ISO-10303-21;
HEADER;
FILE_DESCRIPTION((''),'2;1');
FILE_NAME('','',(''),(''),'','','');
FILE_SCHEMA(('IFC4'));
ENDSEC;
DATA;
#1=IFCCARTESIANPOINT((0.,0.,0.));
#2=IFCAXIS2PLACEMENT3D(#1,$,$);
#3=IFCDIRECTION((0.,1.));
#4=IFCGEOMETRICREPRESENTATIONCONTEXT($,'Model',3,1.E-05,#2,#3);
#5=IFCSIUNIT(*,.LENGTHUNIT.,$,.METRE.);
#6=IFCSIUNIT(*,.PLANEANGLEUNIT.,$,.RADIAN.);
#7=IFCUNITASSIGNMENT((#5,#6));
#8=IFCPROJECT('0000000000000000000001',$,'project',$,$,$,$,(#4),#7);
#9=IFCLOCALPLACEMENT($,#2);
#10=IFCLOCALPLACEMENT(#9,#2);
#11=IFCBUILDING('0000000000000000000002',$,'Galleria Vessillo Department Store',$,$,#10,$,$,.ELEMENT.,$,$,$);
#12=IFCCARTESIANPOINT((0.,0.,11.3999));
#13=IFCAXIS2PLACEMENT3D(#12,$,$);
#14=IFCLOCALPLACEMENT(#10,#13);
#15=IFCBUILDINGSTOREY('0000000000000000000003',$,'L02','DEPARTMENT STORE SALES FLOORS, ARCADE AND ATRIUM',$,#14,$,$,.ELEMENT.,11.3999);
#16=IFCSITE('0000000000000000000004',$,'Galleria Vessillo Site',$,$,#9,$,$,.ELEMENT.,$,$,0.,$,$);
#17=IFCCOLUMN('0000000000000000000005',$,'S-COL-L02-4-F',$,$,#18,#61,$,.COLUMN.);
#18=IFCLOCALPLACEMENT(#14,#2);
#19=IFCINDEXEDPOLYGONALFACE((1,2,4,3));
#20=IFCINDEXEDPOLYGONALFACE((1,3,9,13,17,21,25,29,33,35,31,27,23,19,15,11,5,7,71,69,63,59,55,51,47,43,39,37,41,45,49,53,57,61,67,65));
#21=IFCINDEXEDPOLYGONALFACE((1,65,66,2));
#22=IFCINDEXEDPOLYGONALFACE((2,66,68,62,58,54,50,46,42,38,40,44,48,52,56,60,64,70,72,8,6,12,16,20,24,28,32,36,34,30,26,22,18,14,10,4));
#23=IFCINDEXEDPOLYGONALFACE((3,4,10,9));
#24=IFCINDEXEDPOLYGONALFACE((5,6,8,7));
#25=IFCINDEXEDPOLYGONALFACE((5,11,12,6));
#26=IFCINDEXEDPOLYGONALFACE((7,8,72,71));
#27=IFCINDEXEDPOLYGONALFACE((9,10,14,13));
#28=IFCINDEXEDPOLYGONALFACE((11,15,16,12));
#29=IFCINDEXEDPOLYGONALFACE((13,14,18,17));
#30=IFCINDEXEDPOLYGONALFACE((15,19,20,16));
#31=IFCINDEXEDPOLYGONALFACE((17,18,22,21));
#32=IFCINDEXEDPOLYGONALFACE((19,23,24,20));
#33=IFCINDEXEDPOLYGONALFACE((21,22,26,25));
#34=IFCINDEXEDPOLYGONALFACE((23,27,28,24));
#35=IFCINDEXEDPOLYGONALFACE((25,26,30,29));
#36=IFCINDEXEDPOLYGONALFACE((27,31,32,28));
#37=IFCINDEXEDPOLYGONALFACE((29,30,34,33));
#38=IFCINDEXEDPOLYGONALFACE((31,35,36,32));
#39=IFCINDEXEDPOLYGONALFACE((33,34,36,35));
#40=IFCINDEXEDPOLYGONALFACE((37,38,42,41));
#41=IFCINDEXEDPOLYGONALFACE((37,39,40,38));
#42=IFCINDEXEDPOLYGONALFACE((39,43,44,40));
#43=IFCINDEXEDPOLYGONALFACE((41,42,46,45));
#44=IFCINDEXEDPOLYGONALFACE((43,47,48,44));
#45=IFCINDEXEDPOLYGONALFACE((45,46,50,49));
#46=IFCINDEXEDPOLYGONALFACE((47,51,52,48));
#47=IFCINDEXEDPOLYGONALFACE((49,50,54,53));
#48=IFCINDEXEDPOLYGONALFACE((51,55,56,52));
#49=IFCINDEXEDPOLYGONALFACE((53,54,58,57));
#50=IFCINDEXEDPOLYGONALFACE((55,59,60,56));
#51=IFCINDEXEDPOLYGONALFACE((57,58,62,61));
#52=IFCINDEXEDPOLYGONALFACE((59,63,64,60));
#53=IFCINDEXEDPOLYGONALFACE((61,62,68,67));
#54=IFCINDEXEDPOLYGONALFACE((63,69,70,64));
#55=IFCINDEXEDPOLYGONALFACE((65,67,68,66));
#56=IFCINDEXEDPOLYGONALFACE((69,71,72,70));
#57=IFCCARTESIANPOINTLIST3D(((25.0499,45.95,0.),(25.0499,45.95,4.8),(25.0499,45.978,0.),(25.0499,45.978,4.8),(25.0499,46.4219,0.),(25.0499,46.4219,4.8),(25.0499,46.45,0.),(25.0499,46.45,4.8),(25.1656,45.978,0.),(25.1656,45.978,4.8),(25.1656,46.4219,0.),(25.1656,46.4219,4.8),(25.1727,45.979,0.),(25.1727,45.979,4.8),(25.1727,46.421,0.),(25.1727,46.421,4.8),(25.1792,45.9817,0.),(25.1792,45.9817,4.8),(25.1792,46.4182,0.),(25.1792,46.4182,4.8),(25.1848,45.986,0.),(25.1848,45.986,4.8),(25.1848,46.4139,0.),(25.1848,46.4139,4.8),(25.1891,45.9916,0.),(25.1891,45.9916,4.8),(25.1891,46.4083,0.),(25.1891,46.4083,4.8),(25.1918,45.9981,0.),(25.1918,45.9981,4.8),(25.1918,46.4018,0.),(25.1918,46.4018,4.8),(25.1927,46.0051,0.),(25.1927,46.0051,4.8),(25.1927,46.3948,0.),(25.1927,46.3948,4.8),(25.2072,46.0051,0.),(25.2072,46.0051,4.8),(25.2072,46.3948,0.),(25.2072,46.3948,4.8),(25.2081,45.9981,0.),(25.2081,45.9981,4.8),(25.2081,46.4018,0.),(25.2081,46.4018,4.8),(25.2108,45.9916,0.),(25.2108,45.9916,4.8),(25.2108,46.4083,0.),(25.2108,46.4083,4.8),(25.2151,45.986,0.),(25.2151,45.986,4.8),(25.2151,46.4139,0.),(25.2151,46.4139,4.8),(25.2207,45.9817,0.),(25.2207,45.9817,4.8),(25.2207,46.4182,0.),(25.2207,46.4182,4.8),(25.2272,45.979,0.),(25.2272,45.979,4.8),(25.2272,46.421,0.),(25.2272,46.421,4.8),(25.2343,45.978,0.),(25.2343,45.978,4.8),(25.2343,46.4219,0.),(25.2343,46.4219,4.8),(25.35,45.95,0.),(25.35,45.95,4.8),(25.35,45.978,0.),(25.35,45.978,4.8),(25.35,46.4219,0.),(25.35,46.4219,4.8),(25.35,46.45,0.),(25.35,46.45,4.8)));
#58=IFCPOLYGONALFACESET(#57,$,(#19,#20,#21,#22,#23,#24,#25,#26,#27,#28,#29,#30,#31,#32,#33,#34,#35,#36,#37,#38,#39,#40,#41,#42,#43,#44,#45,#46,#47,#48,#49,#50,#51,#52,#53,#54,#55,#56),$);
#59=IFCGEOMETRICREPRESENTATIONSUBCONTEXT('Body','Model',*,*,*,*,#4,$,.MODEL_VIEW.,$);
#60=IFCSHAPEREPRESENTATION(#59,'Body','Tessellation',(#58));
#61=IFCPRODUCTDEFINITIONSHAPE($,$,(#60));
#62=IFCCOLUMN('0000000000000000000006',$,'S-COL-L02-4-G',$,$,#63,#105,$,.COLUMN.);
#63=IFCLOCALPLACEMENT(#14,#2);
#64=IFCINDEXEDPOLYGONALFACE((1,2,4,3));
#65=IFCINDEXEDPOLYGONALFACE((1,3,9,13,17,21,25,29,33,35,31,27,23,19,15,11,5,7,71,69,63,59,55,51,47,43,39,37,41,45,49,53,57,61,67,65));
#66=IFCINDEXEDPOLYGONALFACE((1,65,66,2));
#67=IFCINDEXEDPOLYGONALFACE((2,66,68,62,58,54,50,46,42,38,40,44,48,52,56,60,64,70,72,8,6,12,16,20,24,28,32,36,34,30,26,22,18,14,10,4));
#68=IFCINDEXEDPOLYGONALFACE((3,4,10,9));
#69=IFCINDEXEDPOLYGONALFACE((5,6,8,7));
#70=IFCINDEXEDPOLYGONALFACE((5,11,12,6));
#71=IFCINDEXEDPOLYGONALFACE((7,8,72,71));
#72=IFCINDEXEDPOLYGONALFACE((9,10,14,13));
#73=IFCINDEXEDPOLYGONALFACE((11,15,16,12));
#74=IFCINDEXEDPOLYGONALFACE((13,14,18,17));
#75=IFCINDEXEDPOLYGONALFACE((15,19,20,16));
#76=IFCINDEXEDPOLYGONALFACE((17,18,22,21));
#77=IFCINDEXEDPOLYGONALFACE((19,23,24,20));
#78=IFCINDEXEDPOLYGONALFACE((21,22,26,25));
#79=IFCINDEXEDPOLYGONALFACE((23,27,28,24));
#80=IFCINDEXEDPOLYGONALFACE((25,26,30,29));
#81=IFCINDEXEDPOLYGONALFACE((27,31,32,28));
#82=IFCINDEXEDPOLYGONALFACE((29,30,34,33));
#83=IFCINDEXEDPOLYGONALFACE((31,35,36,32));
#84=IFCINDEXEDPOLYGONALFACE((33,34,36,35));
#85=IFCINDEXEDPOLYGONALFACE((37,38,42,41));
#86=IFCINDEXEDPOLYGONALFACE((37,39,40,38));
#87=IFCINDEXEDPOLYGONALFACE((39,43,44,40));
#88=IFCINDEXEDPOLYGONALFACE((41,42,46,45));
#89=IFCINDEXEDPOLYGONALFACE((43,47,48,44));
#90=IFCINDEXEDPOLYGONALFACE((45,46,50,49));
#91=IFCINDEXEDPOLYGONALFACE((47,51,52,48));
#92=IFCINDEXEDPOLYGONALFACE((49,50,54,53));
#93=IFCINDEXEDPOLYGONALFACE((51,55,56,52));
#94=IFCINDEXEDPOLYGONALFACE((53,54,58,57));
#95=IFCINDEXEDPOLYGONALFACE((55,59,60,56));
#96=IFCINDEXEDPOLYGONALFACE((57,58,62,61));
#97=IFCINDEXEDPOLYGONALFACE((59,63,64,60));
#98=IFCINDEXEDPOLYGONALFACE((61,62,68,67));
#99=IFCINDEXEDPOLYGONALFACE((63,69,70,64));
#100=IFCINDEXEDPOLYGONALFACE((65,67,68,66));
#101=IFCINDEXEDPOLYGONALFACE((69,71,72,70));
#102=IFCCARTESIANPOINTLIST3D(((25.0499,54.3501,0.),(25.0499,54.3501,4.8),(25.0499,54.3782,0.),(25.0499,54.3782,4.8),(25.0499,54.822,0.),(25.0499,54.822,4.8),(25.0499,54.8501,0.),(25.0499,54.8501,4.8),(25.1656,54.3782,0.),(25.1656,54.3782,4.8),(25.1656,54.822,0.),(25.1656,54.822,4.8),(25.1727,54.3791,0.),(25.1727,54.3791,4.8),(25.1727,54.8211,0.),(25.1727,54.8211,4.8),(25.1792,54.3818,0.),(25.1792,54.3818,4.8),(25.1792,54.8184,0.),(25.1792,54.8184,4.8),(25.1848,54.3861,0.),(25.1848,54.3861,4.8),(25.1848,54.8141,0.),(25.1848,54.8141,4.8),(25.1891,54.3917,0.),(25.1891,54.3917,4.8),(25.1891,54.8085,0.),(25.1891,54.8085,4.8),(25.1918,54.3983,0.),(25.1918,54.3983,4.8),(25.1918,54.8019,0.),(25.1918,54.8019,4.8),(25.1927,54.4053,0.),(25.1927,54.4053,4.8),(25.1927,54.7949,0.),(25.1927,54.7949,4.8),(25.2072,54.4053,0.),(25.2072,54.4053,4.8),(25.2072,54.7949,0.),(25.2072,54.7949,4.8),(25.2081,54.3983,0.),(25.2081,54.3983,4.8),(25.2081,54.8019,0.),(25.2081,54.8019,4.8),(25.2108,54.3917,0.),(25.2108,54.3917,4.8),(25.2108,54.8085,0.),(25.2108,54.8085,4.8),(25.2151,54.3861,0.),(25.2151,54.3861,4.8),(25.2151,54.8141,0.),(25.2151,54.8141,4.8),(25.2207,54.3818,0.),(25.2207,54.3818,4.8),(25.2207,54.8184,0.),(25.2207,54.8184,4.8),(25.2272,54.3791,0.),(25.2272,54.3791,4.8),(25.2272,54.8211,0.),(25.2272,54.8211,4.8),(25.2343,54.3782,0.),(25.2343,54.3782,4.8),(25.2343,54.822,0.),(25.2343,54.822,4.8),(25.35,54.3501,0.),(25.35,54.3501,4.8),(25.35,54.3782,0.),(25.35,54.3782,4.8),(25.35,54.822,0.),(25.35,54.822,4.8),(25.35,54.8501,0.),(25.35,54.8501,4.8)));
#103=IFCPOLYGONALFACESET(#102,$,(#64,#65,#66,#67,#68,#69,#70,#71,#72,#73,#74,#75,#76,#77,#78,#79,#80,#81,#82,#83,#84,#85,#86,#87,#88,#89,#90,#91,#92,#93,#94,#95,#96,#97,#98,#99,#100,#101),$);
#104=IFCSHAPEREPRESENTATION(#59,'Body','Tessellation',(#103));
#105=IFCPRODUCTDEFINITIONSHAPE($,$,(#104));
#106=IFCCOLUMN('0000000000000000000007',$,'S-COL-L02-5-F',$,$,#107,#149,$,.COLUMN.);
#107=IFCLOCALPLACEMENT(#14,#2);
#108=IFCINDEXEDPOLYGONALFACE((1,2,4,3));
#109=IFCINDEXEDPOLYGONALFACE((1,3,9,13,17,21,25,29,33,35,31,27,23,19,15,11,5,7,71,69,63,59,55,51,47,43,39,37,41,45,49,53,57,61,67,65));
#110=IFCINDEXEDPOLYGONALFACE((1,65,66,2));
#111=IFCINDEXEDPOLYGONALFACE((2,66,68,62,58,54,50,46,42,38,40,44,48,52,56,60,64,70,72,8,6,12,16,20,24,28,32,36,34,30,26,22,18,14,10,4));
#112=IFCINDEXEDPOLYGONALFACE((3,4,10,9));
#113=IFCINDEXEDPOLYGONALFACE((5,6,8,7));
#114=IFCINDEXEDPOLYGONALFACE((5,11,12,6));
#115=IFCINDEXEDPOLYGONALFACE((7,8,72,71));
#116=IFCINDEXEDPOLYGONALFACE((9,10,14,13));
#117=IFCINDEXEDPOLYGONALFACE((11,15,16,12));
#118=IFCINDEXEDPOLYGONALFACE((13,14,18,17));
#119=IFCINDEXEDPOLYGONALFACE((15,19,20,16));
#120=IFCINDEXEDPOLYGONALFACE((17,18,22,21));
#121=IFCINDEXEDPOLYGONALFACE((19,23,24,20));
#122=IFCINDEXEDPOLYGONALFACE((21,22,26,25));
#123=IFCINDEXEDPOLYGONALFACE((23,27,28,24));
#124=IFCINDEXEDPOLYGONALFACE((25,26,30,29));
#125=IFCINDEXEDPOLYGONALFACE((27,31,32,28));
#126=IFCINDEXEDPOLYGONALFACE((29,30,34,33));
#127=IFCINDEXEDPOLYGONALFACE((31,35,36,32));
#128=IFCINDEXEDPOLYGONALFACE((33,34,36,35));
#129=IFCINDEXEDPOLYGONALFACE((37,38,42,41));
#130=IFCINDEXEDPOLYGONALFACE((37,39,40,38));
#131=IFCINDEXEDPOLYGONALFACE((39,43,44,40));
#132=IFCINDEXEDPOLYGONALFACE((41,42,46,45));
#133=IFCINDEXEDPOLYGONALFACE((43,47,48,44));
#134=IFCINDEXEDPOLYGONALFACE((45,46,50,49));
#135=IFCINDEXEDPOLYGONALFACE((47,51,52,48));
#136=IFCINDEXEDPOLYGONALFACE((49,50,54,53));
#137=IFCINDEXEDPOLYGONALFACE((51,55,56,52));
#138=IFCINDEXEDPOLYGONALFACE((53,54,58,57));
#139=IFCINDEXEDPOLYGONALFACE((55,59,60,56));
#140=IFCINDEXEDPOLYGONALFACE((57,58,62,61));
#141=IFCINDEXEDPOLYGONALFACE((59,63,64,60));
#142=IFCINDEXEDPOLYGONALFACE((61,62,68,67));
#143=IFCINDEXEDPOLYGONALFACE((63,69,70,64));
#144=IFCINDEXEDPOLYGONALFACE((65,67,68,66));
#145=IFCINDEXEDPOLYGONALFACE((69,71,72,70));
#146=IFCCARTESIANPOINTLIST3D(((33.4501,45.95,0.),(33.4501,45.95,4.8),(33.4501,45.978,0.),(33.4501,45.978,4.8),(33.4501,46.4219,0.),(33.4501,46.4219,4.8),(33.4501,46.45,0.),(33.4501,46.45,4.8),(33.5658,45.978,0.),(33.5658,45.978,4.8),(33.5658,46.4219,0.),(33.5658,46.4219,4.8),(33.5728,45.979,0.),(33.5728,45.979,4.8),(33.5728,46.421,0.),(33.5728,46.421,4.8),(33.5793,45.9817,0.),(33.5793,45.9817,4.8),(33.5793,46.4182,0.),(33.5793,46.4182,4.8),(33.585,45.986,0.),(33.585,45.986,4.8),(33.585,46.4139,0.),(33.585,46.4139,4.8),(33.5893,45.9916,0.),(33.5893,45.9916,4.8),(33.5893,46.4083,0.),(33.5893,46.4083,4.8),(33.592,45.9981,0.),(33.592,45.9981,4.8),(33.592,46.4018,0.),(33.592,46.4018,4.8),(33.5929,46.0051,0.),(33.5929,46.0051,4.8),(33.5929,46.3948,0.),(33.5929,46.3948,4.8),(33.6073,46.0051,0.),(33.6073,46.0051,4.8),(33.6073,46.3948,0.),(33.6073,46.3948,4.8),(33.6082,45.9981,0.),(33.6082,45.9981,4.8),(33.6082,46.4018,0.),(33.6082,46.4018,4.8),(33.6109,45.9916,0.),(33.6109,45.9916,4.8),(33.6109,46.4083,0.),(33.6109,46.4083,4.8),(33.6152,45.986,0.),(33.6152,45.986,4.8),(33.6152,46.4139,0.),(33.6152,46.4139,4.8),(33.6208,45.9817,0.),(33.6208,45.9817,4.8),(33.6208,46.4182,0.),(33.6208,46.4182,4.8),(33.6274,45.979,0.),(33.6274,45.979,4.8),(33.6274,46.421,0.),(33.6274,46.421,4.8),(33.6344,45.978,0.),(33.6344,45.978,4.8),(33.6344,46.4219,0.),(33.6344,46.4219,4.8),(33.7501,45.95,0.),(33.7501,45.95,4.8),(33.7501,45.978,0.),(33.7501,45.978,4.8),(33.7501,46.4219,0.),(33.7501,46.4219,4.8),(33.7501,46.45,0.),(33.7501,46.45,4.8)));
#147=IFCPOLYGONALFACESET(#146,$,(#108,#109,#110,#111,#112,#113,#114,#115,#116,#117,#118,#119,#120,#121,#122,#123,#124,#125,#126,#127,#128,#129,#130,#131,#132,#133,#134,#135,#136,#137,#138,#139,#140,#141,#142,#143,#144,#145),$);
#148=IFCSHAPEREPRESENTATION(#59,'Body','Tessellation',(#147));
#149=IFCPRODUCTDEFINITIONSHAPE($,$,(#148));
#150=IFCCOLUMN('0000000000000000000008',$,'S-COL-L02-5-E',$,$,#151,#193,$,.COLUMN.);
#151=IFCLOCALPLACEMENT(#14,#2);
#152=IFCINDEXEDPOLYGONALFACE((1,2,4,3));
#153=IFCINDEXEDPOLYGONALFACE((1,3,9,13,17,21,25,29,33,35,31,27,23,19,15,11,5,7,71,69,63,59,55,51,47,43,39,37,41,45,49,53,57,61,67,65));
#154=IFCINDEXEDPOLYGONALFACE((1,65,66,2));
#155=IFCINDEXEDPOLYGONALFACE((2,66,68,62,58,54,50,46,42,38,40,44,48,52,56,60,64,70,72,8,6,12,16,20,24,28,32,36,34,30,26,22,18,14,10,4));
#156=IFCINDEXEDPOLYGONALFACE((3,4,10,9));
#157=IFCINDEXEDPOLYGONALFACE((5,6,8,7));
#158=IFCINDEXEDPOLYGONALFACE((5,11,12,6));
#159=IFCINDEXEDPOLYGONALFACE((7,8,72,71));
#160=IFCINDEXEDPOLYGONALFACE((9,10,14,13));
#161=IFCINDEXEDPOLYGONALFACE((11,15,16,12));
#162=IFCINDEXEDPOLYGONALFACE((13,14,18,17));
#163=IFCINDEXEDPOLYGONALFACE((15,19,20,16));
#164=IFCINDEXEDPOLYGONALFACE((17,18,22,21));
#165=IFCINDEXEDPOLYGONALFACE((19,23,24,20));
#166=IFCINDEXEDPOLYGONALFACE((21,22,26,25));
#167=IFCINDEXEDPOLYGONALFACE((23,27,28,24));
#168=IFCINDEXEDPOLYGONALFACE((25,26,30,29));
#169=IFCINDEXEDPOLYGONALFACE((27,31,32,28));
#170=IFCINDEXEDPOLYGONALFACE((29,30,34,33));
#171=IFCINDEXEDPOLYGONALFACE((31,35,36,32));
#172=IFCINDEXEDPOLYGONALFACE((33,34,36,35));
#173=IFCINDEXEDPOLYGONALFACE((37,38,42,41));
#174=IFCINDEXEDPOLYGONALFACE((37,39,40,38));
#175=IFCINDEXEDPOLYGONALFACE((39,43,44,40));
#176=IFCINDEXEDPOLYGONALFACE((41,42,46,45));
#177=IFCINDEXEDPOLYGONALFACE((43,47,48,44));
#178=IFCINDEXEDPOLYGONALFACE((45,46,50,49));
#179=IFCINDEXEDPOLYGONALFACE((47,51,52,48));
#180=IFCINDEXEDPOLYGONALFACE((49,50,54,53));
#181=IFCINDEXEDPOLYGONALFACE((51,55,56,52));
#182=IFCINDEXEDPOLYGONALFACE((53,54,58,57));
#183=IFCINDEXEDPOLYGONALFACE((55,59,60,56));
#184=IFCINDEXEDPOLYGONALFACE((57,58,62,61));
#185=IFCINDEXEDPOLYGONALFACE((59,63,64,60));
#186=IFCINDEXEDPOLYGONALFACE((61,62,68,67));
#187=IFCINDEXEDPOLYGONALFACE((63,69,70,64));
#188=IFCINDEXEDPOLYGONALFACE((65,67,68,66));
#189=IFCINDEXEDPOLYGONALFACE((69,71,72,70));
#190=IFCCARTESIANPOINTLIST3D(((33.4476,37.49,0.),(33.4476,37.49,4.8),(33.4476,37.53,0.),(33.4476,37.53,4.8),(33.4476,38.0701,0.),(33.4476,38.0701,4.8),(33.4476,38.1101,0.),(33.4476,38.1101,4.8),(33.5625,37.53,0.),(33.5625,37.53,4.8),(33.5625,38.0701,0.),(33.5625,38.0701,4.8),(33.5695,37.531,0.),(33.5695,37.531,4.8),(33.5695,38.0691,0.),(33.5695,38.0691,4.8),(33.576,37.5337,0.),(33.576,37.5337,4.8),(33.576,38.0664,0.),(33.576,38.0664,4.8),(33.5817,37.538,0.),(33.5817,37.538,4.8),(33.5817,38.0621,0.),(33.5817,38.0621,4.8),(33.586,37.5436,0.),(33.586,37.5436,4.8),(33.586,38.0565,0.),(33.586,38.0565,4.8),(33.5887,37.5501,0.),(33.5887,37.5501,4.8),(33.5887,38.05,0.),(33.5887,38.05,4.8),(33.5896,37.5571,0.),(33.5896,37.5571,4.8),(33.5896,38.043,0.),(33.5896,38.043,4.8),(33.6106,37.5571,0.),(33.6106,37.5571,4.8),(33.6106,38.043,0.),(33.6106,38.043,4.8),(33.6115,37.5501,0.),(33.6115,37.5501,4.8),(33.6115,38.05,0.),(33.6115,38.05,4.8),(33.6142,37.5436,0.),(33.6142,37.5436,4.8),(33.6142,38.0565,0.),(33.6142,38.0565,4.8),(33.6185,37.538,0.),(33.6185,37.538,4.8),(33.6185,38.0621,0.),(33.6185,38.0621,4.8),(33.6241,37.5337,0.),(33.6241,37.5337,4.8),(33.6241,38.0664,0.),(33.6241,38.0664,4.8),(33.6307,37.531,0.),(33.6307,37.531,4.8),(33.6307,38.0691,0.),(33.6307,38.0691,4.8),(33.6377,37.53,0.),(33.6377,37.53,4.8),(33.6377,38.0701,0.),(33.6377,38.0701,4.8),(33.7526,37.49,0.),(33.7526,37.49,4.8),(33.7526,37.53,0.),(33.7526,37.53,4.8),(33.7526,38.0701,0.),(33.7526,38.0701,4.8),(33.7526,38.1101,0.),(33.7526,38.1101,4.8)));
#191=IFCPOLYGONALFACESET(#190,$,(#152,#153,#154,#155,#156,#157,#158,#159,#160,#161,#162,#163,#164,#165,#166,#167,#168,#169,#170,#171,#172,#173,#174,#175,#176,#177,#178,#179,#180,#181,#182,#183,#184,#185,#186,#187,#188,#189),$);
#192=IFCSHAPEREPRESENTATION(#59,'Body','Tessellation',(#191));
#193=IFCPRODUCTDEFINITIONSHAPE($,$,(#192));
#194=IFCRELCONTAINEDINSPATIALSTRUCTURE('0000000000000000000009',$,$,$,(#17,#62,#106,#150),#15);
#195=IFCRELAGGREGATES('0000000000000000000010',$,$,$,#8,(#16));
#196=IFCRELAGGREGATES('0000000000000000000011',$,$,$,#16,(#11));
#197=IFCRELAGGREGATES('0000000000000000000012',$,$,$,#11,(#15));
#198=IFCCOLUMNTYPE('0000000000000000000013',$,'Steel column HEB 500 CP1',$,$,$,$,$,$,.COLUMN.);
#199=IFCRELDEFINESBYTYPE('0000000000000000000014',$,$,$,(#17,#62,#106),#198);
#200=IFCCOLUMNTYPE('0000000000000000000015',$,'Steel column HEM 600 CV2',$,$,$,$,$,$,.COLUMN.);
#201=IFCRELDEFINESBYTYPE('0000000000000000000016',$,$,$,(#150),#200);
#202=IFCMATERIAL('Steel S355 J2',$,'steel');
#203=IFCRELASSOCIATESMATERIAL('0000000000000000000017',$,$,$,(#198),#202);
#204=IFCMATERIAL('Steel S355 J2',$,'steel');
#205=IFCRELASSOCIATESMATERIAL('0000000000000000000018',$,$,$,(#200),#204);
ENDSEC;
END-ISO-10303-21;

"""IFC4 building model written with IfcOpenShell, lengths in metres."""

from ifc_helpers import new_model, si_unit, direction, frame, origin, origin_2d, place, context, subcontext, project, spatial, i_section, extrude, material, material_profile, profile_set, type_object, element, save


model = new_model("IFC4")

# Units and contexts
model_context = context("Model", 3, precision=1e-05, world=origin(), true_north=direction((0.0, 1.0)))
body_context = subcontext(model_context, "Body", "Model", "MODEL_VIEW")
ifc_project = project(units=[si_unit("LENGTHUNIT", "METRE"), si_unit("PLANEANGLEUNIT", "RADIAN")], contexts=[model_context])

# Site, building, storey
site_placement = place(None, origin())
site = spatial("IfcSite", under=ifc_project, at=site_placement, Name="Galleria Vessillo Site", CompositionType="ELEMENT", RefElevation=0.0)
building_placement = place(site_placement, origin())
building = spatial("IfcBuilding", under=site, at=building_placement, Name="Galleria Vessillo Department Store", CompositionType="ELEMENT")
storey_placement = place(building_placement, frame((0.0, 0.0, 11.3999)))
storey = spatial("IfcBuildingStorey", under=building, at=storey_placement, Name="L02", Description="DEPARTMENT STORE SALES FLOORS, ARCADE AND ATRIUM", CompositionType="ELEMENT", Elevation=11.3999)

# Columns
ifc_material_1 = material(Name="Steel S355 J2", Category="steel")
ifc_material_profile_1 = material_profile(ifc_material_1, i_section(OverallWidth=0.3, OverallDepth=0.5, WebThickness=0.0144, FlangeThickness=0.0281, FilletRadius=0.0271, at=origin_2d()), Name="HEB 500")
ifc_profile_set_1 = profile_set([ifc_material_profile_1], Name="Steel S355 J2")
column_type_1 = type_object("IfcColumnType", Name="Steel column HEB 500 CP1", PredefinedType="COLUMN", material=ifc_profile_set_1)
for number, where, z_axis, x_axis, name in (
    (1, (25.2, 46.2, 0.0), (0.0, 0.0, 1.0), (1.0, 0.0, 0.0), "S-COL-L02-4-F"),
    (2, (25.2, 54.6001, 0.0), (0.0, 0.0, 1.0), (1.0, 0.0, 0.0), "S-COL-L02-4-G"),
    (3, (33.6001, 46.2, 0.0), (0.0, 0.0, 1.0), (1.0, 0.0, 0.0), "S-COL-L02-5-F"),
):
    element("IfcColumn", number, at=place(storey_placement, frame(where, z_axis=z_axis, x_axis=x_axis)), inside=storey, type_object=column_type_1, Name=name, PredefinedType="COLUMN", context=body_context, shape_type="SweptSolid", body=[
        extrude(i_section(OverallWidth=0.3, OverallDepth=0.5, WebThickness=0.0144, FlangeThickness=0.0281, FilletRadius=0.0271, at=origin_2d()), origin(), (0.0, 0.0, 1.0), 4.8),
    ])
ifc_material_2 = material(Name="Steel S355 J2", Category="steel")
ifc_material_profile_2 = material_profile(ifc_material_2, i_section(OverallWidth=0.3049, OverallDepth=0.6201, WebThickness=0.021, FlangeThickness=0.04, FilletRadius=0.0271, at=origin_2d()), Name="HEM 600")
ifc_profile_set_2 = profile_set([ifc_material_profile_2], Name="Steel S355 J2")
column_type_2 = type_object("IfcColumnType", Name="Steel column HEM 600 CV2", PredefinedType="COLUMN", material=ifc_profile_set_2)
column_placement = place(storey_placement, frame((33.6001, 37.8, 0.0), z_axis=(0.0, 0.0, 1.0), x_axis=(1.0, 0.0, 0.0)))
element("IfcColumn", 4, at=column_placement, inside=storey, type_object=column_type_2, Name="S-COL-L02-5-E", PredefinedType="COLUMN", context=body_context, shape_type="SweptSolid", body=[
    extrude(i_section(OverallWidth=0.3049, OverallDepth=0.6201, WebThickness=0.021, FlangeThickness=0.04, FilletRadius=0.0271, at=origin_2d()), origin(), (0.0, 0.0, 1.0), 4.8),
])

save(model, "model.ifc")
